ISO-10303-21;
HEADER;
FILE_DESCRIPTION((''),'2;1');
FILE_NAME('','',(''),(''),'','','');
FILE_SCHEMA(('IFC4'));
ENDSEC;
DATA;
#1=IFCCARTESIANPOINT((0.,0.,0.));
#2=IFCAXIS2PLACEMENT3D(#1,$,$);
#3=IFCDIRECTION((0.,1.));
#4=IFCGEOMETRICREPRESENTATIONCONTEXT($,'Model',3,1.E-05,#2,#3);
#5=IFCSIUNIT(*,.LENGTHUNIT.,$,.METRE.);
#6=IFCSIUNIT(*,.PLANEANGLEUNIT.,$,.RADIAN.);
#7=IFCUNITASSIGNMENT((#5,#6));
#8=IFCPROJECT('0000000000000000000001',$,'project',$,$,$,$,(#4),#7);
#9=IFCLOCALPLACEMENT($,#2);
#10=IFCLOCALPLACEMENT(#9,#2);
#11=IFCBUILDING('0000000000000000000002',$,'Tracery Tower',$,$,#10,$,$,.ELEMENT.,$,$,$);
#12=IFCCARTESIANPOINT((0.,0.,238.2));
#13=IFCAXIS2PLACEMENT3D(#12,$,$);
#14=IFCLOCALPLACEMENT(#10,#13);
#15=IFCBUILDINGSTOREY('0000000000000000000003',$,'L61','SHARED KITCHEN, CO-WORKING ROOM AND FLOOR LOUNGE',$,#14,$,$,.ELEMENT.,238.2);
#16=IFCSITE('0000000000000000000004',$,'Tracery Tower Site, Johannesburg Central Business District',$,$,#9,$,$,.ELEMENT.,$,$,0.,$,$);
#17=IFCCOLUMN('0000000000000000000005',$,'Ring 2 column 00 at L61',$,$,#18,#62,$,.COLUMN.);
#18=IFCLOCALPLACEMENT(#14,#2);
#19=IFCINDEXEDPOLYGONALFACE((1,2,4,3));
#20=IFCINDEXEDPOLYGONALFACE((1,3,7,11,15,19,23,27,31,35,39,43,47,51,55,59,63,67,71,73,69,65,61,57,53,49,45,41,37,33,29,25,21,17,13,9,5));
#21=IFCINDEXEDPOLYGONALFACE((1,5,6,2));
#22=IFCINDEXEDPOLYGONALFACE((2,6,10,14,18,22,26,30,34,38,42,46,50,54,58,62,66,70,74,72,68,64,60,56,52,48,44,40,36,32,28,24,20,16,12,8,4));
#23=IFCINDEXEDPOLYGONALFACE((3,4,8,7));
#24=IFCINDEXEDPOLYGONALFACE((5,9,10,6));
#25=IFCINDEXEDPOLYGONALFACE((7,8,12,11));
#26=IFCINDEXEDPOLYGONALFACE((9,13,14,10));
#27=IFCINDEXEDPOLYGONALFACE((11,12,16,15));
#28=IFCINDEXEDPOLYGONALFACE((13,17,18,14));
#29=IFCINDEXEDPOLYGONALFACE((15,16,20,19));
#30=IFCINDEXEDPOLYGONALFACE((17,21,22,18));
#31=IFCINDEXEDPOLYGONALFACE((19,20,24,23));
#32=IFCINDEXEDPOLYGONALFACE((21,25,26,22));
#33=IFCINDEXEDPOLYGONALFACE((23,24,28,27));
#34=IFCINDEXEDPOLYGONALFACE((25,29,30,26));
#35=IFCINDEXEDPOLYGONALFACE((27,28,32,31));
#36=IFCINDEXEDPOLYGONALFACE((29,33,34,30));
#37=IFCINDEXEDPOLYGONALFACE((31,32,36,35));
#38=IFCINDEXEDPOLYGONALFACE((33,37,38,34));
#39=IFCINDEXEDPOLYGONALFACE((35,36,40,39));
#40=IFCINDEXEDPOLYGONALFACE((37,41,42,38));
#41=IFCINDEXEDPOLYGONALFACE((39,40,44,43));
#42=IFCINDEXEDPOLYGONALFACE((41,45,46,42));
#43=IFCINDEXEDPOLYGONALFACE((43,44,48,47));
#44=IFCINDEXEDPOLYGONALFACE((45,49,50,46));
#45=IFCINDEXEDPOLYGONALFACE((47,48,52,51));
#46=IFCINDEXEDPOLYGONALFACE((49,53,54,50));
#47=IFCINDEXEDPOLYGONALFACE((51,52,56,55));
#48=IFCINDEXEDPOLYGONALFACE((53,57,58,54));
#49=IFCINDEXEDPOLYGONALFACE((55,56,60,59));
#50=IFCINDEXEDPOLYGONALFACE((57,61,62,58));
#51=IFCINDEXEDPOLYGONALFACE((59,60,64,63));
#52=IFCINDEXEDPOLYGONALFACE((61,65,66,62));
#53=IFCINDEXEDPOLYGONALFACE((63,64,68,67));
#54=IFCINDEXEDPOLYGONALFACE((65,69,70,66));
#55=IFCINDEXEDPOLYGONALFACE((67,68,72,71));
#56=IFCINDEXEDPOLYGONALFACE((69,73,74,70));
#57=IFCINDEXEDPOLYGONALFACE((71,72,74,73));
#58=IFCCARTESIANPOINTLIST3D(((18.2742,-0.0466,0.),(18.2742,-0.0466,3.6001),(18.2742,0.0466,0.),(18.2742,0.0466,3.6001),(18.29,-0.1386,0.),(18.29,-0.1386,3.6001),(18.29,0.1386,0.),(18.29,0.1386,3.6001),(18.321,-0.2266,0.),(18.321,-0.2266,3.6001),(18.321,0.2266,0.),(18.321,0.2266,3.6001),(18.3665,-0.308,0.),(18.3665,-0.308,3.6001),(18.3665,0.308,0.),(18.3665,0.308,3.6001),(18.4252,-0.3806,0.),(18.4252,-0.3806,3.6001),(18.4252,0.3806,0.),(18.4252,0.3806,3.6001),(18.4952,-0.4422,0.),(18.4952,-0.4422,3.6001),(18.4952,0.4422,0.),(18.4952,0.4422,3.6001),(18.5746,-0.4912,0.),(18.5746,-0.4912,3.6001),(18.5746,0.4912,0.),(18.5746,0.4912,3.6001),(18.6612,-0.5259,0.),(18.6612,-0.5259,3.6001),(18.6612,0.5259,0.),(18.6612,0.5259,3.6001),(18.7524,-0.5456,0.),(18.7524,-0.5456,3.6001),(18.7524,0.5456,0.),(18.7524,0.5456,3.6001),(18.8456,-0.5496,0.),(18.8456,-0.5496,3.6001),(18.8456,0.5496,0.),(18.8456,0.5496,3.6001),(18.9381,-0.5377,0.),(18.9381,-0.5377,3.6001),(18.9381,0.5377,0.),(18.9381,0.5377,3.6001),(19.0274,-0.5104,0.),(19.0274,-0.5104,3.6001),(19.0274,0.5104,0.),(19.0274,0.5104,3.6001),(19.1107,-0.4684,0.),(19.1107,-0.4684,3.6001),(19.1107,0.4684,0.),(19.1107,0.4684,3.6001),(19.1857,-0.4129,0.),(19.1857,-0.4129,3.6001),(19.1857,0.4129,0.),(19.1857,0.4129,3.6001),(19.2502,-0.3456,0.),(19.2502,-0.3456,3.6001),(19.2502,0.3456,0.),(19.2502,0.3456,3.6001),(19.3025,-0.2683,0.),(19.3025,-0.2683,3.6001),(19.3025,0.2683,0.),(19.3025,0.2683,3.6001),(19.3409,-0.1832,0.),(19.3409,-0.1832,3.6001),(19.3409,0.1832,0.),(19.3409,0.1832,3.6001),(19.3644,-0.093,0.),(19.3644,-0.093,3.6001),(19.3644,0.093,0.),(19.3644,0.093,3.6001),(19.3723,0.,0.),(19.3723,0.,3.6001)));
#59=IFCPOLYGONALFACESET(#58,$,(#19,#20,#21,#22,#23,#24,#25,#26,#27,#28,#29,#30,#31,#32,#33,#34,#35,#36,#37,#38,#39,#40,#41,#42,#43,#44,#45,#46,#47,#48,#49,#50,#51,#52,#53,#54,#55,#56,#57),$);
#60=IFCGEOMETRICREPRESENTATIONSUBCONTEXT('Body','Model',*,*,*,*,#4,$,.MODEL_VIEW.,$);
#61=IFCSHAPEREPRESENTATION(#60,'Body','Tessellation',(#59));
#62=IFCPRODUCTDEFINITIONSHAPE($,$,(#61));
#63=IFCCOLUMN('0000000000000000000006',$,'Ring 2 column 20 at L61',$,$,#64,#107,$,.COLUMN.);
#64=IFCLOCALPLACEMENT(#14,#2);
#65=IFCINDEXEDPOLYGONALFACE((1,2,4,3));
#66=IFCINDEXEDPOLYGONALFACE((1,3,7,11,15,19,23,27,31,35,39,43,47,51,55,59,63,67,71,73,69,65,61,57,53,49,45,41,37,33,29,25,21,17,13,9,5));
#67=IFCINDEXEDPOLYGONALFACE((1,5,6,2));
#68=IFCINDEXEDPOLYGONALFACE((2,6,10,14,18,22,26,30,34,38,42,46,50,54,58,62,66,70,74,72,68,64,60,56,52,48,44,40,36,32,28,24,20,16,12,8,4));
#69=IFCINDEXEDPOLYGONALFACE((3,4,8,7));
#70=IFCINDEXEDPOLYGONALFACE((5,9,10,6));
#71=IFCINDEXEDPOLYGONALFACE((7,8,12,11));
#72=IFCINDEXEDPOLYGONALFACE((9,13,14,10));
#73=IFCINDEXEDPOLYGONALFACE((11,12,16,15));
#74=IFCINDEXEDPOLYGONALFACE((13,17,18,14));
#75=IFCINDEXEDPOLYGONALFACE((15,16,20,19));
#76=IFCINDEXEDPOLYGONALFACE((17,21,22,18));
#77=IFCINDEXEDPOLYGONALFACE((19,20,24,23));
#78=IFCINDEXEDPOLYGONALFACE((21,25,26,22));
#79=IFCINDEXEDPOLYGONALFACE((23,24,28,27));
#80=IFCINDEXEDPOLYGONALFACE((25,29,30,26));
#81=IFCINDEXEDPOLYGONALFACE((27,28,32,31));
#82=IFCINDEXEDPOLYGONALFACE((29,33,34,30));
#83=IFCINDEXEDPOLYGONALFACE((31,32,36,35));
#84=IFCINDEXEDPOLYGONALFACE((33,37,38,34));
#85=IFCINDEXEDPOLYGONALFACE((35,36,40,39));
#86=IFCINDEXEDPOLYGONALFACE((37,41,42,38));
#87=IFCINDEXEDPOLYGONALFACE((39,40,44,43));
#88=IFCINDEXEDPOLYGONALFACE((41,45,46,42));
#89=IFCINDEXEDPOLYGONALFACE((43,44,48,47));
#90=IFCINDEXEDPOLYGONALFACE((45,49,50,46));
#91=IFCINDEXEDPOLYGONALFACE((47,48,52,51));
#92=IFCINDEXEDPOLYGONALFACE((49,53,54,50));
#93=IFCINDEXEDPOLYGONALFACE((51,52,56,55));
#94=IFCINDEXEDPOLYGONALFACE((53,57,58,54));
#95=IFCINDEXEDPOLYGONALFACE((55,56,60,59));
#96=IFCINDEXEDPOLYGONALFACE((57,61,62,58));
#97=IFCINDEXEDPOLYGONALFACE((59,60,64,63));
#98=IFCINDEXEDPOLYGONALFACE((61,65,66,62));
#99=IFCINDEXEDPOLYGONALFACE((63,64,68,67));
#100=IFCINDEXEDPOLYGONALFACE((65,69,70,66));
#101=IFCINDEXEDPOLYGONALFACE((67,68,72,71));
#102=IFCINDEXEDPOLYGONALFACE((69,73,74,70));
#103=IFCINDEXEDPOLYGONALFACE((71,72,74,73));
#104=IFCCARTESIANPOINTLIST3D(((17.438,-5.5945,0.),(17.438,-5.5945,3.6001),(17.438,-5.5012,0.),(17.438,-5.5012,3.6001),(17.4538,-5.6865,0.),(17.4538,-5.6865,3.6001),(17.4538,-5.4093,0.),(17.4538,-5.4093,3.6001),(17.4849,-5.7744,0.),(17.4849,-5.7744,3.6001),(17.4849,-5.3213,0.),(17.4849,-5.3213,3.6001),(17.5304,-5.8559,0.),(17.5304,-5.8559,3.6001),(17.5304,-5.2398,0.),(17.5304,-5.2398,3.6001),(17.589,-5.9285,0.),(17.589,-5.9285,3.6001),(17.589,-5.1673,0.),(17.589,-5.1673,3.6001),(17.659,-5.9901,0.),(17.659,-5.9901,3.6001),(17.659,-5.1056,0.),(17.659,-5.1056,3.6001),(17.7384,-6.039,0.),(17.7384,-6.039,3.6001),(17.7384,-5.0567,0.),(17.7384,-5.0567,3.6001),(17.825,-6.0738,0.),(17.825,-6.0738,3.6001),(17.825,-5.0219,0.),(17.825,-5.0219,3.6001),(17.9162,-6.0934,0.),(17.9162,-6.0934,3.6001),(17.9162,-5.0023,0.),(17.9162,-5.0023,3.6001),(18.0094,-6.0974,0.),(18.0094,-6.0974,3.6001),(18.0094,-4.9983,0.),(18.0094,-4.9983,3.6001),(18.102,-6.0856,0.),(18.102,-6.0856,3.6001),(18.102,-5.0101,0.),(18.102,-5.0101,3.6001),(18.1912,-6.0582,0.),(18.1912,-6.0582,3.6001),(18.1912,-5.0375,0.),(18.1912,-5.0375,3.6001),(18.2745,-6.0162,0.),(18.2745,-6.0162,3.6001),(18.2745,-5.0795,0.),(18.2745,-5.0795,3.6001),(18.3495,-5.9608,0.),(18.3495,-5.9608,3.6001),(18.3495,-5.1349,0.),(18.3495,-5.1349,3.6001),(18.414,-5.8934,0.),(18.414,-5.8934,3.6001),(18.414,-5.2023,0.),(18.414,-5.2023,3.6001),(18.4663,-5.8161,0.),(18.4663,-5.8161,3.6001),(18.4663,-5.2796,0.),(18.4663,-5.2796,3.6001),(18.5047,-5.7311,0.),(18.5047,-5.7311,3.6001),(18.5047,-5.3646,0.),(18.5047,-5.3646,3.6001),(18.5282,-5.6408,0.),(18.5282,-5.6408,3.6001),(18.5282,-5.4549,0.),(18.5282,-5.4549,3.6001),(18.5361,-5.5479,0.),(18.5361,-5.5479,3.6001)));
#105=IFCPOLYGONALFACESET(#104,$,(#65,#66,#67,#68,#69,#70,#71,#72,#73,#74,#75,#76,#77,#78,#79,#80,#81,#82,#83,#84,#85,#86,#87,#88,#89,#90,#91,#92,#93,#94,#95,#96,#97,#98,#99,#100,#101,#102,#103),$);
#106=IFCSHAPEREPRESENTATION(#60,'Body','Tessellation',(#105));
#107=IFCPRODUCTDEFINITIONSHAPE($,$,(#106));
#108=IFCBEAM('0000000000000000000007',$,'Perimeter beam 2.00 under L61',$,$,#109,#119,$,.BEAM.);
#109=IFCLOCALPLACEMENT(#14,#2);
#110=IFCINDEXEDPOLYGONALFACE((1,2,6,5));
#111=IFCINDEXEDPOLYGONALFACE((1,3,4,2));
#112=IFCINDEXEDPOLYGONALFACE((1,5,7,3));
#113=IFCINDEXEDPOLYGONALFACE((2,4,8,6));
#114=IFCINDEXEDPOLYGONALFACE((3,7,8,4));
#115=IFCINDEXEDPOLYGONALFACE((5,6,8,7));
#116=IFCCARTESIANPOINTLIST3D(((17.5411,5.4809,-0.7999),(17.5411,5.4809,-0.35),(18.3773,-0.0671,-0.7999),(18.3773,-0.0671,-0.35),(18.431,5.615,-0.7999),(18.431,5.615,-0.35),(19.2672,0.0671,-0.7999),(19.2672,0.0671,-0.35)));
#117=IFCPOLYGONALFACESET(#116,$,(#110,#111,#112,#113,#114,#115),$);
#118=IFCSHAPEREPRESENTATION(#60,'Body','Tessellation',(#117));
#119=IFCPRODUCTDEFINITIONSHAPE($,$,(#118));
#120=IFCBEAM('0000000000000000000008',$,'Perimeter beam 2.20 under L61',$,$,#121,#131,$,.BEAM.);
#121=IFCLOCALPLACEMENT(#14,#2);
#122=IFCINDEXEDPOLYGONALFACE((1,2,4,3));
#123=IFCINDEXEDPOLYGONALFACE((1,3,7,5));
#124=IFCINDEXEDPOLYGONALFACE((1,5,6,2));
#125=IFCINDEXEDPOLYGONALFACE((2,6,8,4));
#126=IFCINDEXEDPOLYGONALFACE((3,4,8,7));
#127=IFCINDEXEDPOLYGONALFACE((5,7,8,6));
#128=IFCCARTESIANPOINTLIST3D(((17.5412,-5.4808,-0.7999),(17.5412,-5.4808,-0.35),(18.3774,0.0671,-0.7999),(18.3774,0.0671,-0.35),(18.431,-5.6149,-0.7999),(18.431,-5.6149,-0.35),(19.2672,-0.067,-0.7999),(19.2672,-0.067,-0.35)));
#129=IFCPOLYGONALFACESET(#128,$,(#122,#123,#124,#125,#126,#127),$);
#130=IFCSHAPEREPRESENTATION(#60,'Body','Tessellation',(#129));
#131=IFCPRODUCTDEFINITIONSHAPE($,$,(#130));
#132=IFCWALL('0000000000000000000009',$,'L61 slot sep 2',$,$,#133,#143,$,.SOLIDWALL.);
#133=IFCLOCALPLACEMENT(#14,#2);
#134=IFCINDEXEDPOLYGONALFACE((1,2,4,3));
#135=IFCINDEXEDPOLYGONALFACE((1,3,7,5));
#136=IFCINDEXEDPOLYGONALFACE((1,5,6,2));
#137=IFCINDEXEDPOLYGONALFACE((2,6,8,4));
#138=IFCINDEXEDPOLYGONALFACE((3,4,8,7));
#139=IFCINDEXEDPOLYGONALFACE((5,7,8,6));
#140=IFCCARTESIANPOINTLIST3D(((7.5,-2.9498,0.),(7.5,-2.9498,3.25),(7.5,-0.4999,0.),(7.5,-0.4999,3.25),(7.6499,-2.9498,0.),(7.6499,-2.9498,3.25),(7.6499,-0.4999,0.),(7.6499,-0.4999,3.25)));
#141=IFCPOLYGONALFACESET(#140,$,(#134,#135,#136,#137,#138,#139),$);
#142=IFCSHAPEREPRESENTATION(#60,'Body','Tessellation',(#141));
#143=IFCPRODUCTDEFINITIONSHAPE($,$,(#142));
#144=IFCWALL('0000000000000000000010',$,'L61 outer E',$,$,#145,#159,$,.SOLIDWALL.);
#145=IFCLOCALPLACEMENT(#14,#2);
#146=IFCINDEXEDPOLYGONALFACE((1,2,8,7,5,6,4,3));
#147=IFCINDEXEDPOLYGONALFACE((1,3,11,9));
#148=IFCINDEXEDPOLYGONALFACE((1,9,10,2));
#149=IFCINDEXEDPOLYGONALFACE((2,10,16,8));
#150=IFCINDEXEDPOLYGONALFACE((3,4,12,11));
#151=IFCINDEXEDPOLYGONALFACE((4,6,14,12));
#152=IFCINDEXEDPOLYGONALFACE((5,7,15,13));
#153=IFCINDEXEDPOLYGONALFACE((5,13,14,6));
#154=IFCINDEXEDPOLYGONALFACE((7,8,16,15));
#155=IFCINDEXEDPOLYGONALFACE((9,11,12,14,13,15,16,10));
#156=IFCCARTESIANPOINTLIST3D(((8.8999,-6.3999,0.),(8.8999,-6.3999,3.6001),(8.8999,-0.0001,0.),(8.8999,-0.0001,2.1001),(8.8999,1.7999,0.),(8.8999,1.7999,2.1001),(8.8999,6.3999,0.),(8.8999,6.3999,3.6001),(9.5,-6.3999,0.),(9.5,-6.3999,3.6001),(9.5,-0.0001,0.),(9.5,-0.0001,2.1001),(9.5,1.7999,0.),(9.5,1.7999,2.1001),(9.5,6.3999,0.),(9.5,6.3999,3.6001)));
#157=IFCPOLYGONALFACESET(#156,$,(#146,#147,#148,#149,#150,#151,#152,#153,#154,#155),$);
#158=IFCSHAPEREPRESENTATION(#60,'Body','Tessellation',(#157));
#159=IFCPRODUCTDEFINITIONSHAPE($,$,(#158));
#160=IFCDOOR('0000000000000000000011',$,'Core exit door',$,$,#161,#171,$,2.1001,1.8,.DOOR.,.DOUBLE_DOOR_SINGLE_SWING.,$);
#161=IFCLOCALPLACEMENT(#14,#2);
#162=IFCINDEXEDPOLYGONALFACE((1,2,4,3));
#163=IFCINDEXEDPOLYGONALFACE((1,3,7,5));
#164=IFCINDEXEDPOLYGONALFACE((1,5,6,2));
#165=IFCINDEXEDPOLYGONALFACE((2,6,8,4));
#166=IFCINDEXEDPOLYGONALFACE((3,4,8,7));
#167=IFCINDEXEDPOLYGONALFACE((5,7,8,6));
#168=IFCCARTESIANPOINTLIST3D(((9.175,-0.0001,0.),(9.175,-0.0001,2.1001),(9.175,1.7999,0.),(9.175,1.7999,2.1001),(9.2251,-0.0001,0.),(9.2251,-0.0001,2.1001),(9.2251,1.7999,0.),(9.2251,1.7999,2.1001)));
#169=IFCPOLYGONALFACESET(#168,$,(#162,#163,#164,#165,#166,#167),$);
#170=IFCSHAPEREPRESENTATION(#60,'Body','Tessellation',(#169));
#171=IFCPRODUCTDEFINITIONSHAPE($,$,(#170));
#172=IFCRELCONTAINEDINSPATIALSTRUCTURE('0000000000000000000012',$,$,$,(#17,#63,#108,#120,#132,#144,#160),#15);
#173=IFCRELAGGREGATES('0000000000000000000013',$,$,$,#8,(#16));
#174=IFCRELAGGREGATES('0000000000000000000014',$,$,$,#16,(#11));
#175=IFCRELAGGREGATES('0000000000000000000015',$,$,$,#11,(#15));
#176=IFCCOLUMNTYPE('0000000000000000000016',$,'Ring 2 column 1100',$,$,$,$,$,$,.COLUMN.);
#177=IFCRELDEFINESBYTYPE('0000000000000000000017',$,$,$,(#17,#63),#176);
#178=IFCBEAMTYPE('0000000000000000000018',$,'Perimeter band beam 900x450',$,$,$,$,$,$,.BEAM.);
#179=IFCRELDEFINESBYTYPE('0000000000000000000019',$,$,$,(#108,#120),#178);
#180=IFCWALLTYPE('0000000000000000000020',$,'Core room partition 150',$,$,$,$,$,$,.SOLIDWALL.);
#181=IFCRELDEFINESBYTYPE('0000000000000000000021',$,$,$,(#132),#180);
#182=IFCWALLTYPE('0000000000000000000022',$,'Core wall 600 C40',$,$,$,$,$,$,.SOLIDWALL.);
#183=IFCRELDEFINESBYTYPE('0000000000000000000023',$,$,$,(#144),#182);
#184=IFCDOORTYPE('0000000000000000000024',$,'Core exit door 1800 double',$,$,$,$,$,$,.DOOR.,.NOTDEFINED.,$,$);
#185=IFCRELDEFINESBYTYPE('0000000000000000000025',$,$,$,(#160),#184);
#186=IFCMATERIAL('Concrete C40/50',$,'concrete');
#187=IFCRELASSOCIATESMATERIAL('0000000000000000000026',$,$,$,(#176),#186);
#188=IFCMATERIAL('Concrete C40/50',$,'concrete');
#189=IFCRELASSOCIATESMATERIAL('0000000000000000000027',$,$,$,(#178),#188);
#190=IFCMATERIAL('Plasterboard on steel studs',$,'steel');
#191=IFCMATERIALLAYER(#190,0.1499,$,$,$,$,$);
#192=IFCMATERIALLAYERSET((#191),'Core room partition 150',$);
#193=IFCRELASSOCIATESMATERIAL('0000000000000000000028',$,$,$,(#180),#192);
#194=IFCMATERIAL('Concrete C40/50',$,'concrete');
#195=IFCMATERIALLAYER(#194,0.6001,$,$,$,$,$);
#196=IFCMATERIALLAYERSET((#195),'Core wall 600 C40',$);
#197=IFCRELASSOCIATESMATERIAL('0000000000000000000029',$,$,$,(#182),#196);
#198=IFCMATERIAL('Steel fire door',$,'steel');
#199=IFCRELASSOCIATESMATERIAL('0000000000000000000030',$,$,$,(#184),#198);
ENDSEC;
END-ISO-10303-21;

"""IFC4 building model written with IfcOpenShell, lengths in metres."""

from ifc_helpers import new_model, si_unit, direction, frame, frame_2d, origin, origin_2d, place, context, subcontext, project, spatial, rectangle, circle, extrude, material, layer, layer_set, material_profile, profile_set, type_object, element, fill, save


model = new_model("IFC4")

# Units and contexts
model_context = context("Model", 3, precision=1e-05, world=origin(), true_north=direction((0.0, 1.0)))
body_context = subcontext(model_context, "Body", "Model", "MODEL_VIEW")
ifc_project = project(units=[si_unit("LENGTHUNIT", "METRE"), si_unit("PLANEANGLEUNIT", "RADIAN")], contexts=[model_context])

# Site, building, storey
site_placement = place(None, origin())
site = spatial("IfcSite", under=ifc_project, at=site_placement, Name="Tracery Tower Site, Johannesburg Central Business District", CompositionType="ELEMENT", RefElevation=0.0)
building_placement = place(site_placement, origin())
building = spatial("IfcBuilding", under=site, at=building_placement, Name="Tracery Tower", CompositionType="ELEMENT")
storey_placement = place(building_placement, frame((0.0, 0.0, 238.2)))
storey = spatial("IfcBuildingStorey", under=building, at=storey_placement, Name="L61", Description="SHARED KITCHEN, CO-WORKING ROOM AND FLOOR LOUNGE", CompositionType="ELEMENT", Elevation=238.2)

# Columns
ifc_material_1 = material(Name="Concrete C40/50", Category="concrete")
ifc_material_profile_1 = material_profile(ifc_material_1, circle(Radius=0.55, at=origin_2d()), Name="RC D1100")
ifc_profile_set_1 = profile_set([ifc_material_profile_1], Name="Concrete C40/50")
column_type = type_object("IfcColumnType", Name="Ring 2 column 1100", PredefinedType="COLUMN", material=ifc_profile_set_1)
for number, where, z_axis, x_axis, name in (
    (1, (18.8223, 0.0, 0.0), (0.0, 0.0, 1.0), (1.0, 0.0, 0.0), "Ring 2 column 00 at L61"),
    (2, (17.9861, -5.5479, 0.0), (0.0, 0.0, 1.0), (1.0, 0.0, 0.0), "Ring 2 column 20 at L61"),
):
    element("IfcColumn", number, at=place(storey_placement, frame(where, z_axis=z_axis, x_axis=x_axis)), inside=storey, type_object=column_type, Name=name, PredefinedType="COLUMN", context=body_context, shape_type="SweptSolid", body=[
        extrude(circle(Radius=0.55, at=origin_2d()), origin(), (0.0, 0.0, 1.0), 3.6001),
    ])

# Beams
ifc_material_2 = material(Name="Concrete C40/50", Category="concrete")
ifc_material_profile_2 = material_profile(ifc_material_2, rectangle(XDim=0.8999, YDim=0.45, at=origin_2d()), Name="RC 900x450")
ifc_profile_set_2 = profile_set([ifc_material_profile_2], Name="Concrete C40/50")
beam_type = type_object("IfcBeamType", Name="Perimeter band beam 900x450", PredefinedType="BEAM", material=ifc_profile_set_2)
for number, where, z_axis, x_axis, name in (
    (3, (18.8223, 0.0, -0.575), (-0.149038, 0.988831, 0.0), (-0.988831, -0.149038, 0.0), "Perimeter beam 2.00 under L61"),
    (4, (17.9861, -5.5479, -0.575), (0.149038, 0.988831, 0.0), (-0.988831, 0.149038, 0.0), "Perimeter beam 2.20 under L61"),
):
    element("IfcBeam", number, at=place(storey_placement, frame(where, z_axis=z_axis, x_axis=x_axis)), inside=storey, type_object=beam_type, Name=name, PredefinedType="BEAM", context=body_context, shape_type="SweptSolid", body=[
        extrude(rectangle(XDim=0.8999, YDim=0.45, at=origin_2d()), origin(), (0.0, 0.0, 1.0), 5.6106),
    ])

# Wall
ifc_material_3 = material(Name="Plasterboard on steel studs", Category="steel")
ifc_layer_1 = layer(ifc_material_3, 0.1499)
ifc_layer_set_1 = layer_set([ifc_layer_1], Name="Core room partition 150")
wall_type_1 = type_object("IfcWallType", Name="Core room partition 150", PredefinedType="SOLIDWALL", material=ifc_layer_set_1)
wall_1_placement = place(storey_placement, frame((7.575, -2.95, 0.0), z_axis=(0.0, 0.0, 1.0), x_axis=(0.0, 1.0, 0.0)))
element("IfcWall", 5, at=wall_1_placement, inside=storey, type_object=wall_type_1, Name="L61 slot sep 2", PredefinedType="SOLIDWALL", context=body_context, shape_type="SweptSolid", body=[
    extrude(rectangle(XDim=2.45, YDim=0.1499, at=frame_2d((1.2251, 0.0))), origin(), (0.0, 0.0, 1.0), 3.25),
])

# Wall, opening, door
ifc_material_4 = material(Name="Concrete C40/50", Category="concrete")
ifc_layer_2 = layer(ifc_material_4, 0.6001)
ifc_layer_set_2 = layer_set([ifc_layer_2], Name="Core wall 600 C40")
wall_type_2 = type_object("IfcWallType", Name="Core wall 600 C40", PredefinedType="SOLIDWALL", material=ifc_layer_set_2)
wall_2_placement = place(storey_placement, frame((9.2, -6.3999, 0.0), z_axis=(0.0, 0.0, 1.0), x_axis=(0.0, 1.0, 0.0)))
wall_2 = element("IfcWall", 6, at=wall_2_placement, inside=storey, type_object=wall_type_2, Name="L61 outer E", PredefinedType="SOLIDWALL", context=body_context, shape_type="SweptSolid", body=[
    extrude(rectangle(XDim=12.7998, YDim=0.6001, at=frame_2d((6.3999, 0.0))), origin(), (0.0, 0.0, 1.0), 3.6001),
])
opening_1_placement = place(wall_2_placement, frame((6.3999, 0.0, 0.0)))
opening_1 = element("IfcOpeningElement", 7, at=opening_1_placement, cuts=wall_2, PredefinedType="OPENING", context=body_context, shape_type="SweptSolid", body=[
    extrude(rectangle(XDim=1.8, YDim=2.1001, at=frame_2d((0.8999, 1.05))), frame((0.0, 0.3, 0.0), z_axis=(0.0, -1.0, 0.0), x_axis=(1.0, 0.0, 0.0)), (0.0, 0.0, 1.0), 0.6001),
])
ifc_material_5 = material(Name="Steel fire door", Category="steel")
door_type_1 = type_object("IfcDoorType", Name="Core exit door 1800 double", OperationType="NOTDEFINED", PredefinedType="DOOR", material=ifc_material_5)
door_1_placement = place(opening_1_placement, origin())
door_1 = element("IfcDoor", 8, at=door_1_placement, inside=storey, type_object=door_type_1, Name="Core exit door", OperationType="DOUBLE_DOOR_SINGLE_SWING", OverallHeight=2.1001, OverallWidth=1.8, PredefinedType="DOOR", context=body_context, shape_type="SweptSolid", body=[
    extrude(rectangle(XDim=1.8, YDim=2.1001, at=frame_2d((0.8999, 1.05))), frame((0.0, 0.0249, 0.0), z_axis=(0.0, -1.0, 0.0), x_axis=(1.0, 0.0, 0.0)), (0.0, 0.0, 1.0), 0.05),
])
fill(opening_1, door_1)

save(model, "model.ifc")
